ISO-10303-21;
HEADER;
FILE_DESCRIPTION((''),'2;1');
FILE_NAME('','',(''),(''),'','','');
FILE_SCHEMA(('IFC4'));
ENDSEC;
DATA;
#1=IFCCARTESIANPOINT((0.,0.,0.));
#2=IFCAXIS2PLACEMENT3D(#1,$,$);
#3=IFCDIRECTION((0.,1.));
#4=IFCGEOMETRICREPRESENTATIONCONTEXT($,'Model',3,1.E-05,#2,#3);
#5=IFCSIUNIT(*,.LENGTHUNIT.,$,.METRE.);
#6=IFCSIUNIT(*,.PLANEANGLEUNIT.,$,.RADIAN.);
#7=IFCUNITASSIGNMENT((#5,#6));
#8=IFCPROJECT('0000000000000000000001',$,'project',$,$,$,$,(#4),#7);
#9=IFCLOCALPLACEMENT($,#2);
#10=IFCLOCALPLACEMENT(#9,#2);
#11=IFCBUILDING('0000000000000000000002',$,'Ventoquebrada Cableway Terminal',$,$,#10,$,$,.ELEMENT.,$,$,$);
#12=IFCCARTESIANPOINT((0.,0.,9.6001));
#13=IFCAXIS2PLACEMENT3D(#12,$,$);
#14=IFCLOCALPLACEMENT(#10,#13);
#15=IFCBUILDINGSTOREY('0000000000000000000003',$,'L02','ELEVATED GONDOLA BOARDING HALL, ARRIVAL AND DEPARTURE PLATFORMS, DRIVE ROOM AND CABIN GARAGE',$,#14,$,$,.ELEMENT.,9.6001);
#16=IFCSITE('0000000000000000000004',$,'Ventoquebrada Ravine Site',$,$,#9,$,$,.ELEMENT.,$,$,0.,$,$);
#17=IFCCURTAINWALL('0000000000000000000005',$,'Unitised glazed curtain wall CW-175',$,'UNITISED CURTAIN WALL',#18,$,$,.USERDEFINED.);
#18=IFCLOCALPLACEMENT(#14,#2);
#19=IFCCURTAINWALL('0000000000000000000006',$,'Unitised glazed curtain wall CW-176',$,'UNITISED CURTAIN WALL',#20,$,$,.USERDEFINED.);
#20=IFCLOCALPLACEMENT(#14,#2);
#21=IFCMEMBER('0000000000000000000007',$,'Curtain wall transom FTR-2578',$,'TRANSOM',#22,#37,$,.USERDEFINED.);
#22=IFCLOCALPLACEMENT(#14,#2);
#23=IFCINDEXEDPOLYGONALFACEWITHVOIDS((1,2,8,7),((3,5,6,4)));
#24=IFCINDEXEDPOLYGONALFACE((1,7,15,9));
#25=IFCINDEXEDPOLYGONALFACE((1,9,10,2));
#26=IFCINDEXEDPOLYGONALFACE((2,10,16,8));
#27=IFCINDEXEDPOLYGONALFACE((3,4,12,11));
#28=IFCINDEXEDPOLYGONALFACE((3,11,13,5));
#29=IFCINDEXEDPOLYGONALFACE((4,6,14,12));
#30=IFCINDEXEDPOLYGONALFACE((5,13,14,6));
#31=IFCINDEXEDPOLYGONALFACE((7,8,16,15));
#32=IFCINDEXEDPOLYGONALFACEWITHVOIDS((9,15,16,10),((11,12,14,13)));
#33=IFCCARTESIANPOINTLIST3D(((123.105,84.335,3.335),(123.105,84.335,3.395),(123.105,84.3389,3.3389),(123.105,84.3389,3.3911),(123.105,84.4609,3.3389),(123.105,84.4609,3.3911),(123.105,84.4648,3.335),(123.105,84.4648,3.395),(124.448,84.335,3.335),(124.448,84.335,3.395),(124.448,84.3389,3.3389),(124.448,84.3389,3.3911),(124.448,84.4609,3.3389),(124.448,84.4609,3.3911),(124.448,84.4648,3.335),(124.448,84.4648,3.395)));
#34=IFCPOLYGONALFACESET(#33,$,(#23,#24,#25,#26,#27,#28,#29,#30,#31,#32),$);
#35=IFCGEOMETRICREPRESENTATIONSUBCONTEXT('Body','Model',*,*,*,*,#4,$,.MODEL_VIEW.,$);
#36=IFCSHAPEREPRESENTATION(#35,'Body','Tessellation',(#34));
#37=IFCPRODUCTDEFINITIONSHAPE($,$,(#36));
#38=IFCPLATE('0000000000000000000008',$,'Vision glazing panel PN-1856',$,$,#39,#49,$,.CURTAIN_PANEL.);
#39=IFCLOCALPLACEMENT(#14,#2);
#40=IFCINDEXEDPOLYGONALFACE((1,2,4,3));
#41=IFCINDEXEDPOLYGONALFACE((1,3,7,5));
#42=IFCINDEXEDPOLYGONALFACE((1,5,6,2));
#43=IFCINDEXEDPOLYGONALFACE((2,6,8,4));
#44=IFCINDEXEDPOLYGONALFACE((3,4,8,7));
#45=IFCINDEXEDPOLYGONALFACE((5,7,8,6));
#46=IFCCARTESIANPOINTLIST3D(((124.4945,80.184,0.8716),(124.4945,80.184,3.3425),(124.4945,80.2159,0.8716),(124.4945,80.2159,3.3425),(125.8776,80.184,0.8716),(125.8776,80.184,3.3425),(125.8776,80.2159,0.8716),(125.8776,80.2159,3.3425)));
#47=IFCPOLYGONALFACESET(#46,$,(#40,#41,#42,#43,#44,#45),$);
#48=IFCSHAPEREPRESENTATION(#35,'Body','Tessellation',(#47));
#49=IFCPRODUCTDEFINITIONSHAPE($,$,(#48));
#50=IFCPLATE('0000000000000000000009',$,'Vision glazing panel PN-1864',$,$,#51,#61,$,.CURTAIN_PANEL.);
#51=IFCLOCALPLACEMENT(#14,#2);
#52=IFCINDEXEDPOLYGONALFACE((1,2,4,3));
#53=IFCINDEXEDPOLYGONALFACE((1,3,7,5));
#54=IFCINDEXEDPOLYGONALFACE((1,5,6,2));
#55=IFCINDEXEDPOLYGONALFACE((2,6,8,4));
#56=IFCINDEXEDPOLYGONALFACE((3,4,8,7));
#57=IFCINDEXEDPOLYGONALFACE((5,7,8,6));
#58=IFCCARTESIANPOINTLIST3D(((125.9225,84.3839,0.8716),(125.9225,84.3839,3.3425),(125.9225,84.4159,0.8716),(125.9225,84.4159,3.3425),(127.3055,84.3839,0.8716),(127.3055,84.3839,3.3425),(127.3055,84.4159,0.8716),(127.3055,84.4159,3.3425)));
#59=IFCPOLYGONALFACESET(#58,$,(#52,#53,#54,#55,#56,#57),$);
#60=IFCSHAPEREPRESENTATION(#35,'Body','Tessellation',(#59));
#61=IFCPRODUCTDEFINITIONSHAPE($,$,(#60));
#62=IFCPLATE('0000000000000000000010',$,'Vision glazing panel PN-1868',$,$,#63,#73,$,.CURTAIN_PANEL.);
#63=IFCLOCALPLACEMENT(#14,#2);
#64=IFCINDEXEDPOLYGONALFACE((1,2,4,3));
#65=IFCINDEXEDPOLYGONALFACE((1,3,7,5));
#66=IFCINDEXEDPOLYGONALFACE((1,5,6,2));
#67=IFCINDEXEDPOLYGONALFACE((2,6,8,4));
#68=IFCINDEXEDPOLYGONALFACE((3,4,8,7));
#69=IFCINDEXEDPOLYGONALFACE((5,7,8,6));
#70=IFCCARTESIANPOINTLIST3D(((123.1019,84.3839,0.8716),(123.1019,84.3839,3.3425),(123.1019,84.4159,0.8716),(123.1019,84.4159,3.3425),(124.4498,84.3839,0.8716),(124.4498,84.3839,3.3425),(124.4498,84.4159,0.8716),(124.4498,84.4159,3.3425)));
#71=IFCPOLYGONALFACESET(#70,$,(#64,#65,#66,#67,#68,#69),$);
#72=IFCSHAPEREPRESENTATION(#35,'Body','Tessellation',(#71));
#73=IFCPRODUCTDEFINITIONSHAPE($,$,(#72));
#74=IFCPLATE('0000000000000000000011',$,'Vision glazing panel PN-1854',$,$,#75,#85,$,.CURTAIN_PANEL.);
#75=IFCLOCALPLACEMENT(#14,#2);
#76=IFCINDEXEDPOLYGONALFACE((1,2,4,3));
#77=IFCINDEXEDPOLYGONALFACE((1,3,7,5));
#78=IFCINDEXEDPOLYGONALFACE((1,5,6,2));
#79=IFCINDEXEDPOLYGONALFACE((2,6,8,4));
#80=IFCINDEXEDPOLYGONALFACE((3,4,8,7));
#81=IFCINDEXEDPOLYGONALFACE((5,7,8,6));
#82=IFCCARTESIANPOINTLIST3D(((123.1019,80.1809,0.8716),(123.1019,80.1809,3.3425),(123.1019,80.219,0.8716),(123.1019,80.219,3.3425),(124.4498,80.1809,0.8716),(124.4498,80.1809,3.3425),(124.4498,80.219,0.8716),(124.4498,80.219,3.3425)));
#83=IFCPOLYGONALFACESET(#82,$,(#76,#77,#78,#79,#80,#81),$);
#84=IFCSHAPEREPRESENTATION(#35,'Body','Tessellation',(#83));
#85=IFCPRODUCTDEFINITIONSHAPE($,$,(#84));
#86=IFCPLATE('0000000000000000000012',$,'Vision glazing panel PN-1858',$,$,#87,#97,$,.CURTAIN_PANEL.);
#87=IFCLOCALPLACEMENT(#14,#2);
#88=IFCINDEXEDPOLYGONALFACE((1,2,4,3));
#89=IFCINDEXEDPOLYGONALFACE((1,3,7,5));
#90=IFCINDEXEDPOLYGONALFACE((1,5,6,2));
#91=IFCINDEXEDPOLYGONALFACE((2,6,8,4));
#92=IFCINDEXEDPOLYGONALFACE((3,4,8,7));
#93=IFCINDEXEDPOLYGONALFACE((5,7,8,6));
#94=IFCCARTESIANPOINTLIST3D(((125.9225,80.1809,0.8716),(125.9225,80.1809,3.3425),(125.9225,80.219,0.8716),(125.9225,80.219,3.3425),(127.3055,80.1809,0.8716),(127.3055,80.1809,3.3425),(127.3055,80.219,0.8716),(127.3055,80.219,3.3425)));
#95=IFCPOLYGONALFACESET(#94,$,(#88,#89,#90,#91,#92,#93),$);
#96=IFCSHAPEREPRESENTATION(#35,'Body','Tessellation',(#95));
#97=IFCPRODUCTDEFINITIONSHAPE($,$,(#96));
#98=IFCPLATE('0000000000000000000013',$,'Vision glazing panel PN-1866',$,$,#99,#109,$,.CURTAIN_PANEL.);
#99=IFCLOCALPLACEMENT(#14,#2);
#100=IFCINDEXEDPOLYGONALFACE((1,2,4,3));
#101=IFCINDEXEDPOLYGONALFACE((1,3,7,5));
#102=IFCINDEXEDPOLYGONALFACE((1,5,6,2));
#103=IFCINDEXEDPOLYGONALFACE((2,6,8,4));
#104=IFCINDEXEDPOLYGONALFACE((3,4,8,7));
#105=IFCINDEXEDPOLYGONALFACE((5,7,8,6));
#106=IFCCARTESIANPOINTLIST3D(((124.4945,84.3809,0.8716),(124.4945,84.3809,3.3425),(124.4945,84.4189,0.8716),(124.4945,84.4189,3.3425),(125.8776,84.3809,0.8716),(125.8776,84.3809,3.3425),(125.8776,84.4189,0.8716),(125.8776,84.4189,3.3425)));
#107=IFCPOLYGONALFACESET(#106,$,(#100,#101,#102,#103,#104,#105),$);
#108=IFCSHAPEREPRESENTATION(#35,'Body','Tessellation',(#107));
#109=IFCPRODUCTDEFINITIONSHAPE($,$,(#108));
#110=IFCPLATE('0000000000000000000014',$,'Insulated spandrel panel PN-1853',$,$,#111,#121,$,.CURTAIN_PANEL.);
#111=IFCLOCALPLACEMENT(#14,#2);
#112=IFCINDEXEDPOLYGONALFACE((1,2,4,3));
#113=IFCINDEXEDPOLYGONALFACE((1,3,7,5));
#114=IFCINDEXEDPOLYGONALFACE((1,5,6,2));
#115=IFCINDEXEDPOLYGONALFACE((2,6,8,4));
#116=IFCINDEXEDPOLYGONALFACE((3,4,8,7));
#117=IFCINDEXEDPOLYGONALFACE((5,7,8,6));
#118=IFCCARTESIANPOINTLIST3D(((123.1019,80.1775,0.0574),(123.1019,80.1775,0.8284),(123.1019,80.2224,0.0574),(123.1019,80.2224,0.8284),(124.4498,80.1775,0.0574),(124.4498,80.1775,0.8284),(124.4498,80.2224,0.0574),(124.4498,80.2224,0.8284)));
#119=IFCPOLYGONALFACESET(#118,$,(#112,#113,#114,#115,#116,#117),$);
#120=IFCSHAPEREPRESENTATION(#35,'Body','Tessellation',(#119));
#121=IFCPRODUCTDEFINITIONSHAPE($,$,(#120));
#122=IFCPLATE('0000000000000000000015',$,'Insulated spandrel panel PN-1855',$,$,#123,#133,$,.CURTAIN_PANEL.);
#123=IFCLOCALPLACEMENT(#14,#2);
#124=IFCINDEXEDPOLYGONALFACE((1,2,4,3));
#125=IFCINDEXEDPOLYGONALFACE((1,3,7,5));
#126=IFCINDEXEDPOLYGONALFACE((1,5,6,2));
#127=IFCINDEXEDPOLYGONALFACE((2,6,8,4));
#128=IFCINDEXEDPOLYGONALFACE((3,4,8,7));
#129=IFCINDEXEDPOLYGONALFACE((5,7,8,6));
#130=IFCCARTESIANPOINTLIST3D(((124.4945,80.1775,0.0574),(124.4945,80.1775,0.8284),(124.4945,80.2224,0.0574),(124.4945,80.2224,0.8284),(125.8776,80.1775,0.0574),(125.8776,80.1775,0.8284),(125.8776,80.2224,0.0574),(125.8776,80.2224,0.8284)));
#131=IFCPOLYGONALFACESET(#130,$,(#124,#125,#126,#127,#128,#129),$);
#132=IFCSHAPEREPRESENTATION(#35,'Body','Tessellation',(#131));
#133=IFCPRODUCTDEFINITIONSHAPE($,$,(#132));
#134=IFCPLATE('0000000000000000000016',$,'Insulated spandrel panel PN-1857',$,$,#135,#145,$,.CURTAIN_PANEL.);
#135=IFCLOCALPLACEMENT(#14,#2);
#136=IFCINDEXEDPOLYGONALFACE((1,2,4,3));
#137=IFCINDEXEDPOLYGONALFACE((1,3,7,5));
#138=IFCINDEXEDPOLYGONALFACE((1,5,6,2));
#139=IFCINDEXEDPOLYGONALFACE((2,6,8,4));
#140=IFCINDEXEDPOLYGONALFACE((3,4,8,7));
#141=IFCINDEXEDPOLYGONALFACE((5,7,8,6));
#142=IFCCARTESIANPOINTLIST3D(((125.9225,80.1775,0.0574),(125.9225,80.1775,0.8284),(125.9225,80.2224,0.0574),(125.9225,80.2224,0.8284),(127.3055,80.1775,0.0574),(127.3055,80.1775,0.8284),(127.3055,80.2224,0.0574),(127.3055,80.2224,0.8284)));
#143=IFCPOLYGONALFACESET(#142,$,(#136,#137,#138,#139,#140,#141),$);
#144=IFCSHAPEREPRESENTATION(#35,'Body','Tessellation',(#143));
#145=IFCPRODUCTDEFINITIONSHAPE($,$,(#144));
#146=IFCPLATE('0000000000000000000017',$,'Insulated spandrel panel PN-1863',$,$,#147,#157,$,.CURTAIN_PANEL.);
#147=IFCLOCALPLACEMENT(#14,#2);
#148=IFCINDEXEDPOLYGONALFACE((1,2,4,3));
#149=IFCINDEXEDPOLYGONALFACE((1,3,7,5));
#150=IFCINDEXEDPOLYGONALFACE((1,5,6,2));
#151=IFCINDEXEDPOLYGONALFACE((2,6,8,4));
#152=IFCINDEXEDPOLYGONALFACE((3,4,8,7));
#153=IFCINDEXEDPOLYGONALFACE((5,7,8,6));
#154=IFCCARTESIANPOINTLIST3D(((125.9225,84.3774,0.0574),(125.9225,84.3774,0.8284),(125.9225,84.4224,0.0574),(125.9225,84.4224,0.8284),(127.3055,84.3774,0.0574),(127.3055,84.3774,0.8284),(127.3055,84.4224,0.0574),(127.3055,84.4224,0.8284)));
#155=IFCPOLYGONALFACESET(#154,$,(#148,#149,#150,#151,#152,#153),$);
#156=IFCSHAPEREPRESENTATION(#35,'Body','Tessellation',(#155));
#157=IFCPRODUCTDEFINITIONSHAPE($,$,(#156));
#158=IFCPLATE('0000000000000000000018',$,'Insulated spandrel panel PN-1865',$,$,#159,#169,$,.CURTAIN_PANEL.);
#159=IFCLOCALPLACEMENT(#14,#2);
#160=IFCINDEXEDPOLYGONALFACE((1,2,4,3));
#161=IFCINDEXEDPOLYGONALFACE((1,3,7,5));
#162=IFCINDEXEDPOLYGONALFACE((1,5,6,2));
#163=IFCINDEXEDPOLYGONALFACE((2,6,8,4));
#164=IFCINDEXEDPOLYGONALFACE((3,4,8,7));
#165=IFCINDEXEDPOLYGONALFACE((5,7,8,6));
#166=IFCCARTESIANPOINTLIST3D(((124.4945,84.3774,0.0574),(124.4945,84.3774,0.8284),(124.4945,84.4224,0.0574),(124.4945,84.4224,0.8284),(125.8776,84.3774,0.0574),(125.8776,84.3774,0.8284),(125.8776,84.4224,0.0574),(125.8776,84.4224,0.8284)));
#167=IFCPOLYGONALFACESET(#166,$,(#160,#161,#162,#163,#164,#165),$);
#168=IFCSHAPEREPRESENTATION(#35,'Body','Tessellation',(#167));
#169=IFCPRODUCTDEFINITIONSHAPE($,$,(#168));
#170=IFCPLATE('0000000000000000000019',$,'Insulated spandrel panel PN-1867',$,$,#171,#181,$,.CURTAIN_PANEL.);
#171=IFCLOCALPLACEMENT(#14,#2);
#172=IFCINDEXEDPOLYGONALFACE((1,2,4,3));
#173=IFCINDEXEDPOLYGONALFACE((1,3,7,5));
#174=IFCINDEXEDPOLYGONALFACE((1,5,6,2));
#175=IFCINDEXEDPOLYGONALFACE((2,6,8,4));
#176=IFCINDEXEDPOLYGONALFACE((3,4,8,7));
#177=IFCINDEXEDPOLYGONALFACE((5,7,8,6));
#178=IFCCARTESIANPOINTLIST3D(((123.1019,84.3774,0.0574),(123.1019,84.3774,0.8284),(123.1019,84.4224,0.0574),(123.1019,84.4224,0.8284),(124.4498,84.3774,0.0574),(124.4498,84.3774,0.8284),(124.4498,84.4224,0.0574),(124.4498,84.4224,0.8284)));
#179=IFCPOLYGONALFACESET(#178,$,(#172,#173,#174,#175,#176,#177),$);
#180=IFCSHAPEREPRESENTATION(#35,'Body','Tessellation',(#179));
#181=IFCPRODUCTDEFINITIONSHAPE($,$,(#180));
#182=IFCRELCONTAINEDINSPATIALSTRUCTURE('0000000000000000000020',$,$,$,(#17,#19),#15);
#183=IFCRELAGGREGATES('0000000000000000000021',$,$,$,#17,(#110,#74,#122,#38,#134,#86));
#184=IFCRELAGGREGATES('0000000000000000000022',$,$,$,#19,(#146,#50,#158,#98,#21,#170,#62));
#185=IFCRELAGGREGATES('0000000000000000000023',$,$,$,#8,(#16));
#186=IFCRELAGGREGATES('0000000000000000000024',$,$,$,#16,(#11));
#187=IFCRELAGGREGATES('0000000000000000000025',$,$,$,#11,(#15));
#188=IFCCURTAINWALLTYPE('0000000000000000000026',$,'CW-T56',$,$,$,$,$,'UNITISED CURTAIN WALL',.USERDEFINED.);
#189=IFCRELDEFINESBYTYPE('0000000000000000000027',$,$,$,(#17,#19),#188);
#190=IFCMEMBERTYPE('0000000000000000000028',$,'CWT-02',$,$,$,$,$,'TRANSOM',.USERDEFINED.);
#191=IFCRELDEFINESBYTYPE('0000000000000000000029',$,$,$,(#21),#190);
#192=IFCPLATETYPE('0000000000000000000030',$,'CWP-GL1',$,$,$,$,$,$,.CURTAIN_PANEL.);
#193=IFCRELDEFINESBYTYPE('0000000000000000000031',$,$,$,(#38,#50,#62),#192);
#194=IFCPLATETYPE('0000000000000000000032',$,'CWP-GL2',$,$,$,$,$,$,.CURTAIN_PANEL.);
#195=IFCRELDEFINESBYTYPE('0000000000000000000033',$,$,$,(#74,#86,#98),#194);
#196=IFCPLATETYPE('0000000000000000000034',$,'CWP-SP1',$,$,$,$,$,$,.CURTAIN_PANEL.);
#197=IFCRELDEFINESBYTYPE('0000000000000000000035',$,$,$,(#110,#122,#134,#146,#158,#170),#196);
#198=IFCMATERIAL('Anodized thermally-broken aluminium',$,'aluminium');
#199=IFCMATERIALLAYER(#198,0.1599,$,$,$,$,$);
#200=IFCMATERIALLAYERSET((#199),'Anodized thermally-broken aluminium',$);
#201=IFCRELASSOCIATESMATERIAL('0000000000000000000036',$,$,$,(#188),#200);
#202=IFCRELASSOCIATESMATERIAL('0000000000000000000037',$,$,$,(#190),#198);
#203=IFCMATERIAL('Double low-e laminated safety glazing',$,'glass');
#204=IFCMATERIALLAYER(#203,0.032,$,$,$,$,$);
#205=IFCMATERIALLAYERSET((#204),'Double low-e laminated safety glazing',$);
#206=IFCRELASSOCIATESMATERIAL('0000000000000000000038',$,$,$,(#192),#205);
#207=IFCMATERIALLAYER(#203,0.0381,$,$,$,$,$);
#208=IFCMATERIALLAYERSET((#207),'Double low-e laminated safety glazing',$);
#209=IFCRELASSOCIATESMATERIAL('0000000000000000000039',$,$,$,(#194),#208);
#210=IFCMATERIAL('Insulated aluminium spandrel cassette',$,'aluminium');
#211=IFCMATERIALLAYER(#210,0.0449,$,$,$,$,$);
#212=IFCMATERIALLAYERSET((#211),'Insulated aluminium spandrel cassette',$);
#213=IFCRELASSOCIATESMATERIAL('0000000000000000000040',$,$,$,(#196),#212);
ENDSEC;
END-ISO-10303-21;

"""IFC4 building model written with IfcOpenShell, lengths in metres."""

from ifc_helpers import new_model, si_unit, direction, frame, origin, origin_2d, place, context, subcontext, project, spatial, rectangle, hollow_rectangle, extrude, material, layer, layer_set, material_profile, profile_set, type_object, element, aggregate, save


model = new_model("IFC4")

# Units and contexts
model_context = context("Model", 3, precision=1e-05, world=origin(), true_north=direction((0.0, 1.0)))
body_context = subcontext(model_context, "Body", "Model", "MODEL_VIEW")
ifc_project = project(units=[si_unit("LENGTHUNIT", "METRE"), si_unit("PLANEANGLEUNIT", "RADIAN")], contexts=[model_context])

# Site, building, storey
site_placement = place(None, origin())
site = spatial("IfcSite", under=ifc_project, at=site_placement, Name="Ventoquebrada Ravine Site", CompositionType="ELEMENT", RefElevation=0.0)
building_placement = place(site_placement, origin())
building = spatial("IfcBuilding", under=site, at=building_placement, Name="Ventoquebrada Cableway Terminal", CompositionType="ELEMENT")
storey_placement = place(building_placement, frame((0.0, 0.0, 9.6001)))
storey = spatial("IfcBuildingStorey", under=building, at=storey_placement, Name="L02", Description="ELEVATED GONDOLA BOARDING HALL, ARRIVAL AND DEPARTURE PLATFORMS, DRIVE ROOM AND CABIN GARAGE", CompositionType="ELEMENT", Elevation=9.6001)

# Curtain walls
ifc_material_1 = material(Name="Anodized thermally-broken aluminium", Category="aluminium")
ifc_layer_1 = layer(ifc_material_1, 0.1599)
ifc_layer_set_1 = layer_set([ifc_layer_1], Name="Anodized thermally-broken aluminium")
curtain_wall_type = type_object("IfcCurtainWallType", Name="CW-T56", ElementType="UNITISED CURTAIN WALL", PredefinedType="USERDEFINED", material=ifc_layer_set_1)
curtain_wall_1_placement = place(storey_placement, origin())
curtain_wall_1 = element("IfcCurtainWall", 1, at=curtain_wall_1_placement, inside=storey, type_object=curtain_wall_type, Name="Unitised glazed curtain wall CW-175", ObjectType="UNITISED CURTAIN WALL", PredefinedType="USERDEFINED")
curtain_wall_2_placement = place(storey_placement, origin())
curtain_wall_2 = element("IfcCurtainWall", 2, at=curtain_wall_2_placement, inside=storey, type_object=curtain_wall_type, Name="Unitised glazed curtain wall CW-176", ObjectType="UNITISED CURTAIN WALL", PredefinedType="USERDEFINED")

# Member
ifc_material_profile_1 = material_profile(ifc_material_1, hollow_rectangle(XDim=0.0601, YDim=0.1299, WallThickness=0.0039, at=origin_2d()), Name="CW-TRN-60X130")
ifc_profile_set_1 = profile_set([ifc_material_profile_1], Name="Anodized thermally-broken aluminium")
member_type_1 = type_object("IfcMemberType", Name="CWT-02", ElementType="TRANSOM", PredefinedType="USERDEFINED", material=ifc_profile_set_1)
member_1_placement = place(storey_placement, frame((124.448, 84.3999, 3.365), z_axis=(-1.0, 0.0, 0.0), x_axis=(0.0, 0.0, 1.0)))
member_1 = element("IfcMember", 3, at=member_1_placement, type_object=member_type_1, Name="Curtain wall transom FTR-2578", ObjectType="TRANSOM", PredefinedType="USERDEFINED", context=body_context, shape_type="SweptSolid", body=[
    extrude(hollow_rectangle(XDim=0.0601, YDim=0.1299, WallThickness=0.0039, at=origin_2d()), origin(), (0.0, 0.0, 1.0), 1.343),
])

# Plates
ifc_material_2 = material(Name="Double low-e laminated safety glazing", Category="glass")
ifc_layer_2 = layer(ifc_material_2, 0.032)
ifc_layer_set_2 = layer_set([ifc_layer_2], Name="Double low-e laminated safety glazing")
plate_type_1 = type_object("IfcPlateType", Name="CWP-GL1", PredefinedType="CURTAIN_PANEL", material=ifc_layer_set_2)
plate_1_placement = place(storey_placement, frame((125.186, 80.2, 0.8716), z_axis=(0.0, 0.0, 1.0), x_axis=(1.0, 0.0, 0.0)))
plate_1 = element("IfcPlate", 4, at=plate_1_placement, type_object=plate_type_1, Name="Vision glazing panel PN-1856", PredefinedType="CURTAIN_PANEL", context=body_context, shape_type="SweptSolid", body=[
    extrude(rectangle(XDim=1.3831, YDim=0.032, at=origin_2d()), origin(), (0.0, 0.0, 1.0), 2.4709),
])
plate_2_placement = place(storey_placement, frame((126.614, 84.3999, 0.8716), z_axis=(0.0, 0.0, 1.0), x_axis=(-1.0, 0.0, 0.0)))
plate_2 = element("IfcPlate", 5, at=plate_2_placement, type_object=plate_type_1, Name="Vision glazing panel PN-1864", PredefinedType="CURTAIN_PANEL", context=body_context, shape_type="SweptSolid", body=[
    extrude(rectangle(XDim=1.3831, YDim=0.032, at=origin_2d()), origin(), (0.0, 0.0, 1.0), 2.4709),
])
plate_3_placement = place(storey_placement, frame((123.7759, 84.3999, 0.8716), z_axis=(0.0, 0.0, 1.0), x_axis=(-1.0, 0.0, 0.0)))
plate_3 = element("IfcPlate", 6, at=plate_3_placement, type_object=plate_type_1, Name="Vision glazing panel PN-1868", PredefinedType="CURTAIN_PANEL", context=body_context, shape_type="SweptSolid", body=[
    extrude(rectangle(XDim=1.3479, YDim=0.032, at=origin_2d()), origin(), (0.0, 0.0, 1.0), 2.4709),
])
ifc_layer_3 = layer(ifc_material_2, 0.0381)
ifc_layer_set_3 = layer_set([ifc_layer_3], Name="Double low-e laminated safety glazing")
plate_type_2 = type_object("IfcPlateType", Name="CWP-GL2", PredefinedType="CURTAIN_PANEL", material=ifc_layer_set_3)
plate_4_placement = place(storey_placement, frame((123.7759, 80.2, 0.8716), z_axis=(0.0, 0.0, 1.0), x_axis=(1.0, 0.0, 0.0)))
plate_4 = element("IfcPlate", 7, at=plate_4_placement, type_object=plate_type_2, Name="Vision glazing panel PN-1854", PredefinedType="CURTAIN_PANEL", context=body_context, shape_type="SweptSolid", body=[
    extrude(rectangle(XDim=1.3479, YDim=0.0381, at=origin_2d()), origin(), (0.0, 0.0, 1.0), 2.4709),
])
plate_5_placement = place(storey_placement, frame((126.614, 80.2, 0.8716), z_axis=(0.0, 0.0, 1.0), x_axis=(1.0, 0.0, 0.0)))
plate_5 = element("IfcPlate", 8, at=plate_5_placement, type_object=plate_type_2, Name="Vision glazing panel PN-1858", PredefinedType="CURTAIN_PANEL", context=body_context, shape_type="SweptSolid", body=[
    extrude(rectangle(XDim=1.3831, YDim=0.0381, at=origin_2d()), origin(), (0.0, 0.0, 1.0), 2.4709),
])
plate_6_placement = place(storey_placement, frame((125.186, 84.3999, 0.8716), z_axis=(0.0, 0.0, 1.0), x_axis=(-1.0, 0.0, 0.0)))
plate_6 = element("IfcPlate", 9, at=plate_6_placement, type_object=plate_type_2, Name="Vision glazing panel PN-1866", PredefinedType="CURTAIN_PANEL", context=body_context, shape_type="SweptSolid", body=[
    extrude(rectangle(XDim=1.3831, YDim=0.0381, at=origin_2d()), origin(), (0.0, 0.0, 1.0), 2.4709),
])
ifc_material_3 = material(Name="Insulated aluminium spandrel cassette", Category="aluminium")
ifc_layer_4 = layer(ifc_material_3, 0.0449)
ifc_layer_set_4 = layer_set([ifc_layer_4], Name="Insulated aluminium spandrel cassette")
plate_type_3 = type_object("IfcPlateType", Name="CWP-SP1", PredefinedType="CURTAIN_PANEL", material=ifc_layer_set_4)
plate_7_placement = place(storey_placement, frame((123.7759, 80.2, 0.0574), z_axis=(0.0, 0.0, 1.0), x_axis=(1.0, 0.0, 0.0)))
plate_7 = element("IfcPlate", 10, at=plate_7_placement, type_object=plate_type_3, Name="Insulated spandrel panel PN-1853", PredefinedType="CURTAIN_PANEL", context=body_context, shape_type="SweptSolid", body=[
    extrude(rectangle(XDim=1.3479, YDim=0.0449, at=origin_2d()), origin(), (0.0, 0.0, 1.0), 0.771),
])
plate_8_placement = place(storey_placement, frame((125.186, 80.2, 0.0574), z_axis=(0.0, 0.0, 1.0), x_axis=(1.0, 0.0, 0.0)))
plate_8 = element("IfcPlate", 11, at=plate_8_placement, type_object=plate_type_3, Name="Insulated spandrel panel PN-1855", PredefinedType="CURTAIN_PANEL", context=body_context, shape_type="SweptSolid", body=[
    extrude(rectangle(XDim=1.3831, YDim=0.0449, at=origin_2d()), origin(), (0.0, 0.0, 1.0), 0.771),
])
plate_9_placement = place(storey_placement, frame((126.614, 80.2, 0.0574), z_axis=(0.0, 0.0, 1.0), x_axis=(1.0, 0.0, 0.0)))
plate_9 = element("IfcPlate", 12, at=plate_9_placement, type_object=plate_type_3, Name="Insulated spandrel panel PN-1857", PredefinedType="CURTAIN_PANEL", context=body_context, shape_type="SweptSolid", body=[
    extrude(rectangle(XDim=1.3831, YDim=0.0449, at=origin_2d()), origin(), (0.0, 0.0, 1.0), 0.771),
])
aggregate(curtain_wall_1, [plate_7, plate_4, plate_8, plate_1, plate_9, plate_5])
plate_10_placement = place(storey_placement, frame((126.614, 84.3999, 0.0574), z_axis=(0.0, 0.0, 1.0), x_axis=(-1.0, 0.0, 0.0)))
plate_10 = element("IfcPlate", 13, at=plate_10_placement, type_object=plate_type_3, Name="Insulated spandrel panel PN-1863", PredefinedType="CURTAIN_PANEL", context=body_context, shape_type="SweptSolid", body=[
    extrude(rectangle(XDim=1.3831, YDim=0.0449, at=origin_2d()), origin(), (0.0, 0.0, 1.0), 0.771),
])
plate_11_placement = place(storey_placement, frame((125.186, 84.3999, 0.0574), z_axis=(0.0, 0.0, 1.0), x_axis=(-1.0, 0.0, 0.0)))
plate_11 = element("IfcPlate", 14, at=plate_11_placement, type_object=plate_type_3, Name="Insulated spandrel panel PN-1865", PredefinedType="CURTAIN_PANEL", context=body_context, shape_type="SweptSolid", body=[
    extrude(rectangle(XDim=1.3831, YDim=0.0449, at=origin_2d()), origin(), (0.0, 0.0, 1.0), 0.771),
])
plate_12_placement = place(storey_placement, frame((123.7759, 84.3999, 0.0574), z_axis=(0.0, 0.0, 1.0), x_axis=(-1.0, 0.0, 0.0)))
plate_12 = element("IfcPlate", 15, at=plate_12_placement, type_object=plate_type_3, Name="Insulated spandrel panel PN-1867", PredefinedType="CURTAIN_PANEL", context=body_context, shape_type="SweptSolid", body=[
    extrude(rectangle(XDim=1.3479, YDim=0.0449, at=origin_2d()), origin(), (0.0, 0.0, 1.0), 0.771),
])
aggregate(curtain_wall_2, [plate_10, plate_2, plate_11, plate_6, member_1, plate_12, plate_3])

save(model, "model.ifc")
